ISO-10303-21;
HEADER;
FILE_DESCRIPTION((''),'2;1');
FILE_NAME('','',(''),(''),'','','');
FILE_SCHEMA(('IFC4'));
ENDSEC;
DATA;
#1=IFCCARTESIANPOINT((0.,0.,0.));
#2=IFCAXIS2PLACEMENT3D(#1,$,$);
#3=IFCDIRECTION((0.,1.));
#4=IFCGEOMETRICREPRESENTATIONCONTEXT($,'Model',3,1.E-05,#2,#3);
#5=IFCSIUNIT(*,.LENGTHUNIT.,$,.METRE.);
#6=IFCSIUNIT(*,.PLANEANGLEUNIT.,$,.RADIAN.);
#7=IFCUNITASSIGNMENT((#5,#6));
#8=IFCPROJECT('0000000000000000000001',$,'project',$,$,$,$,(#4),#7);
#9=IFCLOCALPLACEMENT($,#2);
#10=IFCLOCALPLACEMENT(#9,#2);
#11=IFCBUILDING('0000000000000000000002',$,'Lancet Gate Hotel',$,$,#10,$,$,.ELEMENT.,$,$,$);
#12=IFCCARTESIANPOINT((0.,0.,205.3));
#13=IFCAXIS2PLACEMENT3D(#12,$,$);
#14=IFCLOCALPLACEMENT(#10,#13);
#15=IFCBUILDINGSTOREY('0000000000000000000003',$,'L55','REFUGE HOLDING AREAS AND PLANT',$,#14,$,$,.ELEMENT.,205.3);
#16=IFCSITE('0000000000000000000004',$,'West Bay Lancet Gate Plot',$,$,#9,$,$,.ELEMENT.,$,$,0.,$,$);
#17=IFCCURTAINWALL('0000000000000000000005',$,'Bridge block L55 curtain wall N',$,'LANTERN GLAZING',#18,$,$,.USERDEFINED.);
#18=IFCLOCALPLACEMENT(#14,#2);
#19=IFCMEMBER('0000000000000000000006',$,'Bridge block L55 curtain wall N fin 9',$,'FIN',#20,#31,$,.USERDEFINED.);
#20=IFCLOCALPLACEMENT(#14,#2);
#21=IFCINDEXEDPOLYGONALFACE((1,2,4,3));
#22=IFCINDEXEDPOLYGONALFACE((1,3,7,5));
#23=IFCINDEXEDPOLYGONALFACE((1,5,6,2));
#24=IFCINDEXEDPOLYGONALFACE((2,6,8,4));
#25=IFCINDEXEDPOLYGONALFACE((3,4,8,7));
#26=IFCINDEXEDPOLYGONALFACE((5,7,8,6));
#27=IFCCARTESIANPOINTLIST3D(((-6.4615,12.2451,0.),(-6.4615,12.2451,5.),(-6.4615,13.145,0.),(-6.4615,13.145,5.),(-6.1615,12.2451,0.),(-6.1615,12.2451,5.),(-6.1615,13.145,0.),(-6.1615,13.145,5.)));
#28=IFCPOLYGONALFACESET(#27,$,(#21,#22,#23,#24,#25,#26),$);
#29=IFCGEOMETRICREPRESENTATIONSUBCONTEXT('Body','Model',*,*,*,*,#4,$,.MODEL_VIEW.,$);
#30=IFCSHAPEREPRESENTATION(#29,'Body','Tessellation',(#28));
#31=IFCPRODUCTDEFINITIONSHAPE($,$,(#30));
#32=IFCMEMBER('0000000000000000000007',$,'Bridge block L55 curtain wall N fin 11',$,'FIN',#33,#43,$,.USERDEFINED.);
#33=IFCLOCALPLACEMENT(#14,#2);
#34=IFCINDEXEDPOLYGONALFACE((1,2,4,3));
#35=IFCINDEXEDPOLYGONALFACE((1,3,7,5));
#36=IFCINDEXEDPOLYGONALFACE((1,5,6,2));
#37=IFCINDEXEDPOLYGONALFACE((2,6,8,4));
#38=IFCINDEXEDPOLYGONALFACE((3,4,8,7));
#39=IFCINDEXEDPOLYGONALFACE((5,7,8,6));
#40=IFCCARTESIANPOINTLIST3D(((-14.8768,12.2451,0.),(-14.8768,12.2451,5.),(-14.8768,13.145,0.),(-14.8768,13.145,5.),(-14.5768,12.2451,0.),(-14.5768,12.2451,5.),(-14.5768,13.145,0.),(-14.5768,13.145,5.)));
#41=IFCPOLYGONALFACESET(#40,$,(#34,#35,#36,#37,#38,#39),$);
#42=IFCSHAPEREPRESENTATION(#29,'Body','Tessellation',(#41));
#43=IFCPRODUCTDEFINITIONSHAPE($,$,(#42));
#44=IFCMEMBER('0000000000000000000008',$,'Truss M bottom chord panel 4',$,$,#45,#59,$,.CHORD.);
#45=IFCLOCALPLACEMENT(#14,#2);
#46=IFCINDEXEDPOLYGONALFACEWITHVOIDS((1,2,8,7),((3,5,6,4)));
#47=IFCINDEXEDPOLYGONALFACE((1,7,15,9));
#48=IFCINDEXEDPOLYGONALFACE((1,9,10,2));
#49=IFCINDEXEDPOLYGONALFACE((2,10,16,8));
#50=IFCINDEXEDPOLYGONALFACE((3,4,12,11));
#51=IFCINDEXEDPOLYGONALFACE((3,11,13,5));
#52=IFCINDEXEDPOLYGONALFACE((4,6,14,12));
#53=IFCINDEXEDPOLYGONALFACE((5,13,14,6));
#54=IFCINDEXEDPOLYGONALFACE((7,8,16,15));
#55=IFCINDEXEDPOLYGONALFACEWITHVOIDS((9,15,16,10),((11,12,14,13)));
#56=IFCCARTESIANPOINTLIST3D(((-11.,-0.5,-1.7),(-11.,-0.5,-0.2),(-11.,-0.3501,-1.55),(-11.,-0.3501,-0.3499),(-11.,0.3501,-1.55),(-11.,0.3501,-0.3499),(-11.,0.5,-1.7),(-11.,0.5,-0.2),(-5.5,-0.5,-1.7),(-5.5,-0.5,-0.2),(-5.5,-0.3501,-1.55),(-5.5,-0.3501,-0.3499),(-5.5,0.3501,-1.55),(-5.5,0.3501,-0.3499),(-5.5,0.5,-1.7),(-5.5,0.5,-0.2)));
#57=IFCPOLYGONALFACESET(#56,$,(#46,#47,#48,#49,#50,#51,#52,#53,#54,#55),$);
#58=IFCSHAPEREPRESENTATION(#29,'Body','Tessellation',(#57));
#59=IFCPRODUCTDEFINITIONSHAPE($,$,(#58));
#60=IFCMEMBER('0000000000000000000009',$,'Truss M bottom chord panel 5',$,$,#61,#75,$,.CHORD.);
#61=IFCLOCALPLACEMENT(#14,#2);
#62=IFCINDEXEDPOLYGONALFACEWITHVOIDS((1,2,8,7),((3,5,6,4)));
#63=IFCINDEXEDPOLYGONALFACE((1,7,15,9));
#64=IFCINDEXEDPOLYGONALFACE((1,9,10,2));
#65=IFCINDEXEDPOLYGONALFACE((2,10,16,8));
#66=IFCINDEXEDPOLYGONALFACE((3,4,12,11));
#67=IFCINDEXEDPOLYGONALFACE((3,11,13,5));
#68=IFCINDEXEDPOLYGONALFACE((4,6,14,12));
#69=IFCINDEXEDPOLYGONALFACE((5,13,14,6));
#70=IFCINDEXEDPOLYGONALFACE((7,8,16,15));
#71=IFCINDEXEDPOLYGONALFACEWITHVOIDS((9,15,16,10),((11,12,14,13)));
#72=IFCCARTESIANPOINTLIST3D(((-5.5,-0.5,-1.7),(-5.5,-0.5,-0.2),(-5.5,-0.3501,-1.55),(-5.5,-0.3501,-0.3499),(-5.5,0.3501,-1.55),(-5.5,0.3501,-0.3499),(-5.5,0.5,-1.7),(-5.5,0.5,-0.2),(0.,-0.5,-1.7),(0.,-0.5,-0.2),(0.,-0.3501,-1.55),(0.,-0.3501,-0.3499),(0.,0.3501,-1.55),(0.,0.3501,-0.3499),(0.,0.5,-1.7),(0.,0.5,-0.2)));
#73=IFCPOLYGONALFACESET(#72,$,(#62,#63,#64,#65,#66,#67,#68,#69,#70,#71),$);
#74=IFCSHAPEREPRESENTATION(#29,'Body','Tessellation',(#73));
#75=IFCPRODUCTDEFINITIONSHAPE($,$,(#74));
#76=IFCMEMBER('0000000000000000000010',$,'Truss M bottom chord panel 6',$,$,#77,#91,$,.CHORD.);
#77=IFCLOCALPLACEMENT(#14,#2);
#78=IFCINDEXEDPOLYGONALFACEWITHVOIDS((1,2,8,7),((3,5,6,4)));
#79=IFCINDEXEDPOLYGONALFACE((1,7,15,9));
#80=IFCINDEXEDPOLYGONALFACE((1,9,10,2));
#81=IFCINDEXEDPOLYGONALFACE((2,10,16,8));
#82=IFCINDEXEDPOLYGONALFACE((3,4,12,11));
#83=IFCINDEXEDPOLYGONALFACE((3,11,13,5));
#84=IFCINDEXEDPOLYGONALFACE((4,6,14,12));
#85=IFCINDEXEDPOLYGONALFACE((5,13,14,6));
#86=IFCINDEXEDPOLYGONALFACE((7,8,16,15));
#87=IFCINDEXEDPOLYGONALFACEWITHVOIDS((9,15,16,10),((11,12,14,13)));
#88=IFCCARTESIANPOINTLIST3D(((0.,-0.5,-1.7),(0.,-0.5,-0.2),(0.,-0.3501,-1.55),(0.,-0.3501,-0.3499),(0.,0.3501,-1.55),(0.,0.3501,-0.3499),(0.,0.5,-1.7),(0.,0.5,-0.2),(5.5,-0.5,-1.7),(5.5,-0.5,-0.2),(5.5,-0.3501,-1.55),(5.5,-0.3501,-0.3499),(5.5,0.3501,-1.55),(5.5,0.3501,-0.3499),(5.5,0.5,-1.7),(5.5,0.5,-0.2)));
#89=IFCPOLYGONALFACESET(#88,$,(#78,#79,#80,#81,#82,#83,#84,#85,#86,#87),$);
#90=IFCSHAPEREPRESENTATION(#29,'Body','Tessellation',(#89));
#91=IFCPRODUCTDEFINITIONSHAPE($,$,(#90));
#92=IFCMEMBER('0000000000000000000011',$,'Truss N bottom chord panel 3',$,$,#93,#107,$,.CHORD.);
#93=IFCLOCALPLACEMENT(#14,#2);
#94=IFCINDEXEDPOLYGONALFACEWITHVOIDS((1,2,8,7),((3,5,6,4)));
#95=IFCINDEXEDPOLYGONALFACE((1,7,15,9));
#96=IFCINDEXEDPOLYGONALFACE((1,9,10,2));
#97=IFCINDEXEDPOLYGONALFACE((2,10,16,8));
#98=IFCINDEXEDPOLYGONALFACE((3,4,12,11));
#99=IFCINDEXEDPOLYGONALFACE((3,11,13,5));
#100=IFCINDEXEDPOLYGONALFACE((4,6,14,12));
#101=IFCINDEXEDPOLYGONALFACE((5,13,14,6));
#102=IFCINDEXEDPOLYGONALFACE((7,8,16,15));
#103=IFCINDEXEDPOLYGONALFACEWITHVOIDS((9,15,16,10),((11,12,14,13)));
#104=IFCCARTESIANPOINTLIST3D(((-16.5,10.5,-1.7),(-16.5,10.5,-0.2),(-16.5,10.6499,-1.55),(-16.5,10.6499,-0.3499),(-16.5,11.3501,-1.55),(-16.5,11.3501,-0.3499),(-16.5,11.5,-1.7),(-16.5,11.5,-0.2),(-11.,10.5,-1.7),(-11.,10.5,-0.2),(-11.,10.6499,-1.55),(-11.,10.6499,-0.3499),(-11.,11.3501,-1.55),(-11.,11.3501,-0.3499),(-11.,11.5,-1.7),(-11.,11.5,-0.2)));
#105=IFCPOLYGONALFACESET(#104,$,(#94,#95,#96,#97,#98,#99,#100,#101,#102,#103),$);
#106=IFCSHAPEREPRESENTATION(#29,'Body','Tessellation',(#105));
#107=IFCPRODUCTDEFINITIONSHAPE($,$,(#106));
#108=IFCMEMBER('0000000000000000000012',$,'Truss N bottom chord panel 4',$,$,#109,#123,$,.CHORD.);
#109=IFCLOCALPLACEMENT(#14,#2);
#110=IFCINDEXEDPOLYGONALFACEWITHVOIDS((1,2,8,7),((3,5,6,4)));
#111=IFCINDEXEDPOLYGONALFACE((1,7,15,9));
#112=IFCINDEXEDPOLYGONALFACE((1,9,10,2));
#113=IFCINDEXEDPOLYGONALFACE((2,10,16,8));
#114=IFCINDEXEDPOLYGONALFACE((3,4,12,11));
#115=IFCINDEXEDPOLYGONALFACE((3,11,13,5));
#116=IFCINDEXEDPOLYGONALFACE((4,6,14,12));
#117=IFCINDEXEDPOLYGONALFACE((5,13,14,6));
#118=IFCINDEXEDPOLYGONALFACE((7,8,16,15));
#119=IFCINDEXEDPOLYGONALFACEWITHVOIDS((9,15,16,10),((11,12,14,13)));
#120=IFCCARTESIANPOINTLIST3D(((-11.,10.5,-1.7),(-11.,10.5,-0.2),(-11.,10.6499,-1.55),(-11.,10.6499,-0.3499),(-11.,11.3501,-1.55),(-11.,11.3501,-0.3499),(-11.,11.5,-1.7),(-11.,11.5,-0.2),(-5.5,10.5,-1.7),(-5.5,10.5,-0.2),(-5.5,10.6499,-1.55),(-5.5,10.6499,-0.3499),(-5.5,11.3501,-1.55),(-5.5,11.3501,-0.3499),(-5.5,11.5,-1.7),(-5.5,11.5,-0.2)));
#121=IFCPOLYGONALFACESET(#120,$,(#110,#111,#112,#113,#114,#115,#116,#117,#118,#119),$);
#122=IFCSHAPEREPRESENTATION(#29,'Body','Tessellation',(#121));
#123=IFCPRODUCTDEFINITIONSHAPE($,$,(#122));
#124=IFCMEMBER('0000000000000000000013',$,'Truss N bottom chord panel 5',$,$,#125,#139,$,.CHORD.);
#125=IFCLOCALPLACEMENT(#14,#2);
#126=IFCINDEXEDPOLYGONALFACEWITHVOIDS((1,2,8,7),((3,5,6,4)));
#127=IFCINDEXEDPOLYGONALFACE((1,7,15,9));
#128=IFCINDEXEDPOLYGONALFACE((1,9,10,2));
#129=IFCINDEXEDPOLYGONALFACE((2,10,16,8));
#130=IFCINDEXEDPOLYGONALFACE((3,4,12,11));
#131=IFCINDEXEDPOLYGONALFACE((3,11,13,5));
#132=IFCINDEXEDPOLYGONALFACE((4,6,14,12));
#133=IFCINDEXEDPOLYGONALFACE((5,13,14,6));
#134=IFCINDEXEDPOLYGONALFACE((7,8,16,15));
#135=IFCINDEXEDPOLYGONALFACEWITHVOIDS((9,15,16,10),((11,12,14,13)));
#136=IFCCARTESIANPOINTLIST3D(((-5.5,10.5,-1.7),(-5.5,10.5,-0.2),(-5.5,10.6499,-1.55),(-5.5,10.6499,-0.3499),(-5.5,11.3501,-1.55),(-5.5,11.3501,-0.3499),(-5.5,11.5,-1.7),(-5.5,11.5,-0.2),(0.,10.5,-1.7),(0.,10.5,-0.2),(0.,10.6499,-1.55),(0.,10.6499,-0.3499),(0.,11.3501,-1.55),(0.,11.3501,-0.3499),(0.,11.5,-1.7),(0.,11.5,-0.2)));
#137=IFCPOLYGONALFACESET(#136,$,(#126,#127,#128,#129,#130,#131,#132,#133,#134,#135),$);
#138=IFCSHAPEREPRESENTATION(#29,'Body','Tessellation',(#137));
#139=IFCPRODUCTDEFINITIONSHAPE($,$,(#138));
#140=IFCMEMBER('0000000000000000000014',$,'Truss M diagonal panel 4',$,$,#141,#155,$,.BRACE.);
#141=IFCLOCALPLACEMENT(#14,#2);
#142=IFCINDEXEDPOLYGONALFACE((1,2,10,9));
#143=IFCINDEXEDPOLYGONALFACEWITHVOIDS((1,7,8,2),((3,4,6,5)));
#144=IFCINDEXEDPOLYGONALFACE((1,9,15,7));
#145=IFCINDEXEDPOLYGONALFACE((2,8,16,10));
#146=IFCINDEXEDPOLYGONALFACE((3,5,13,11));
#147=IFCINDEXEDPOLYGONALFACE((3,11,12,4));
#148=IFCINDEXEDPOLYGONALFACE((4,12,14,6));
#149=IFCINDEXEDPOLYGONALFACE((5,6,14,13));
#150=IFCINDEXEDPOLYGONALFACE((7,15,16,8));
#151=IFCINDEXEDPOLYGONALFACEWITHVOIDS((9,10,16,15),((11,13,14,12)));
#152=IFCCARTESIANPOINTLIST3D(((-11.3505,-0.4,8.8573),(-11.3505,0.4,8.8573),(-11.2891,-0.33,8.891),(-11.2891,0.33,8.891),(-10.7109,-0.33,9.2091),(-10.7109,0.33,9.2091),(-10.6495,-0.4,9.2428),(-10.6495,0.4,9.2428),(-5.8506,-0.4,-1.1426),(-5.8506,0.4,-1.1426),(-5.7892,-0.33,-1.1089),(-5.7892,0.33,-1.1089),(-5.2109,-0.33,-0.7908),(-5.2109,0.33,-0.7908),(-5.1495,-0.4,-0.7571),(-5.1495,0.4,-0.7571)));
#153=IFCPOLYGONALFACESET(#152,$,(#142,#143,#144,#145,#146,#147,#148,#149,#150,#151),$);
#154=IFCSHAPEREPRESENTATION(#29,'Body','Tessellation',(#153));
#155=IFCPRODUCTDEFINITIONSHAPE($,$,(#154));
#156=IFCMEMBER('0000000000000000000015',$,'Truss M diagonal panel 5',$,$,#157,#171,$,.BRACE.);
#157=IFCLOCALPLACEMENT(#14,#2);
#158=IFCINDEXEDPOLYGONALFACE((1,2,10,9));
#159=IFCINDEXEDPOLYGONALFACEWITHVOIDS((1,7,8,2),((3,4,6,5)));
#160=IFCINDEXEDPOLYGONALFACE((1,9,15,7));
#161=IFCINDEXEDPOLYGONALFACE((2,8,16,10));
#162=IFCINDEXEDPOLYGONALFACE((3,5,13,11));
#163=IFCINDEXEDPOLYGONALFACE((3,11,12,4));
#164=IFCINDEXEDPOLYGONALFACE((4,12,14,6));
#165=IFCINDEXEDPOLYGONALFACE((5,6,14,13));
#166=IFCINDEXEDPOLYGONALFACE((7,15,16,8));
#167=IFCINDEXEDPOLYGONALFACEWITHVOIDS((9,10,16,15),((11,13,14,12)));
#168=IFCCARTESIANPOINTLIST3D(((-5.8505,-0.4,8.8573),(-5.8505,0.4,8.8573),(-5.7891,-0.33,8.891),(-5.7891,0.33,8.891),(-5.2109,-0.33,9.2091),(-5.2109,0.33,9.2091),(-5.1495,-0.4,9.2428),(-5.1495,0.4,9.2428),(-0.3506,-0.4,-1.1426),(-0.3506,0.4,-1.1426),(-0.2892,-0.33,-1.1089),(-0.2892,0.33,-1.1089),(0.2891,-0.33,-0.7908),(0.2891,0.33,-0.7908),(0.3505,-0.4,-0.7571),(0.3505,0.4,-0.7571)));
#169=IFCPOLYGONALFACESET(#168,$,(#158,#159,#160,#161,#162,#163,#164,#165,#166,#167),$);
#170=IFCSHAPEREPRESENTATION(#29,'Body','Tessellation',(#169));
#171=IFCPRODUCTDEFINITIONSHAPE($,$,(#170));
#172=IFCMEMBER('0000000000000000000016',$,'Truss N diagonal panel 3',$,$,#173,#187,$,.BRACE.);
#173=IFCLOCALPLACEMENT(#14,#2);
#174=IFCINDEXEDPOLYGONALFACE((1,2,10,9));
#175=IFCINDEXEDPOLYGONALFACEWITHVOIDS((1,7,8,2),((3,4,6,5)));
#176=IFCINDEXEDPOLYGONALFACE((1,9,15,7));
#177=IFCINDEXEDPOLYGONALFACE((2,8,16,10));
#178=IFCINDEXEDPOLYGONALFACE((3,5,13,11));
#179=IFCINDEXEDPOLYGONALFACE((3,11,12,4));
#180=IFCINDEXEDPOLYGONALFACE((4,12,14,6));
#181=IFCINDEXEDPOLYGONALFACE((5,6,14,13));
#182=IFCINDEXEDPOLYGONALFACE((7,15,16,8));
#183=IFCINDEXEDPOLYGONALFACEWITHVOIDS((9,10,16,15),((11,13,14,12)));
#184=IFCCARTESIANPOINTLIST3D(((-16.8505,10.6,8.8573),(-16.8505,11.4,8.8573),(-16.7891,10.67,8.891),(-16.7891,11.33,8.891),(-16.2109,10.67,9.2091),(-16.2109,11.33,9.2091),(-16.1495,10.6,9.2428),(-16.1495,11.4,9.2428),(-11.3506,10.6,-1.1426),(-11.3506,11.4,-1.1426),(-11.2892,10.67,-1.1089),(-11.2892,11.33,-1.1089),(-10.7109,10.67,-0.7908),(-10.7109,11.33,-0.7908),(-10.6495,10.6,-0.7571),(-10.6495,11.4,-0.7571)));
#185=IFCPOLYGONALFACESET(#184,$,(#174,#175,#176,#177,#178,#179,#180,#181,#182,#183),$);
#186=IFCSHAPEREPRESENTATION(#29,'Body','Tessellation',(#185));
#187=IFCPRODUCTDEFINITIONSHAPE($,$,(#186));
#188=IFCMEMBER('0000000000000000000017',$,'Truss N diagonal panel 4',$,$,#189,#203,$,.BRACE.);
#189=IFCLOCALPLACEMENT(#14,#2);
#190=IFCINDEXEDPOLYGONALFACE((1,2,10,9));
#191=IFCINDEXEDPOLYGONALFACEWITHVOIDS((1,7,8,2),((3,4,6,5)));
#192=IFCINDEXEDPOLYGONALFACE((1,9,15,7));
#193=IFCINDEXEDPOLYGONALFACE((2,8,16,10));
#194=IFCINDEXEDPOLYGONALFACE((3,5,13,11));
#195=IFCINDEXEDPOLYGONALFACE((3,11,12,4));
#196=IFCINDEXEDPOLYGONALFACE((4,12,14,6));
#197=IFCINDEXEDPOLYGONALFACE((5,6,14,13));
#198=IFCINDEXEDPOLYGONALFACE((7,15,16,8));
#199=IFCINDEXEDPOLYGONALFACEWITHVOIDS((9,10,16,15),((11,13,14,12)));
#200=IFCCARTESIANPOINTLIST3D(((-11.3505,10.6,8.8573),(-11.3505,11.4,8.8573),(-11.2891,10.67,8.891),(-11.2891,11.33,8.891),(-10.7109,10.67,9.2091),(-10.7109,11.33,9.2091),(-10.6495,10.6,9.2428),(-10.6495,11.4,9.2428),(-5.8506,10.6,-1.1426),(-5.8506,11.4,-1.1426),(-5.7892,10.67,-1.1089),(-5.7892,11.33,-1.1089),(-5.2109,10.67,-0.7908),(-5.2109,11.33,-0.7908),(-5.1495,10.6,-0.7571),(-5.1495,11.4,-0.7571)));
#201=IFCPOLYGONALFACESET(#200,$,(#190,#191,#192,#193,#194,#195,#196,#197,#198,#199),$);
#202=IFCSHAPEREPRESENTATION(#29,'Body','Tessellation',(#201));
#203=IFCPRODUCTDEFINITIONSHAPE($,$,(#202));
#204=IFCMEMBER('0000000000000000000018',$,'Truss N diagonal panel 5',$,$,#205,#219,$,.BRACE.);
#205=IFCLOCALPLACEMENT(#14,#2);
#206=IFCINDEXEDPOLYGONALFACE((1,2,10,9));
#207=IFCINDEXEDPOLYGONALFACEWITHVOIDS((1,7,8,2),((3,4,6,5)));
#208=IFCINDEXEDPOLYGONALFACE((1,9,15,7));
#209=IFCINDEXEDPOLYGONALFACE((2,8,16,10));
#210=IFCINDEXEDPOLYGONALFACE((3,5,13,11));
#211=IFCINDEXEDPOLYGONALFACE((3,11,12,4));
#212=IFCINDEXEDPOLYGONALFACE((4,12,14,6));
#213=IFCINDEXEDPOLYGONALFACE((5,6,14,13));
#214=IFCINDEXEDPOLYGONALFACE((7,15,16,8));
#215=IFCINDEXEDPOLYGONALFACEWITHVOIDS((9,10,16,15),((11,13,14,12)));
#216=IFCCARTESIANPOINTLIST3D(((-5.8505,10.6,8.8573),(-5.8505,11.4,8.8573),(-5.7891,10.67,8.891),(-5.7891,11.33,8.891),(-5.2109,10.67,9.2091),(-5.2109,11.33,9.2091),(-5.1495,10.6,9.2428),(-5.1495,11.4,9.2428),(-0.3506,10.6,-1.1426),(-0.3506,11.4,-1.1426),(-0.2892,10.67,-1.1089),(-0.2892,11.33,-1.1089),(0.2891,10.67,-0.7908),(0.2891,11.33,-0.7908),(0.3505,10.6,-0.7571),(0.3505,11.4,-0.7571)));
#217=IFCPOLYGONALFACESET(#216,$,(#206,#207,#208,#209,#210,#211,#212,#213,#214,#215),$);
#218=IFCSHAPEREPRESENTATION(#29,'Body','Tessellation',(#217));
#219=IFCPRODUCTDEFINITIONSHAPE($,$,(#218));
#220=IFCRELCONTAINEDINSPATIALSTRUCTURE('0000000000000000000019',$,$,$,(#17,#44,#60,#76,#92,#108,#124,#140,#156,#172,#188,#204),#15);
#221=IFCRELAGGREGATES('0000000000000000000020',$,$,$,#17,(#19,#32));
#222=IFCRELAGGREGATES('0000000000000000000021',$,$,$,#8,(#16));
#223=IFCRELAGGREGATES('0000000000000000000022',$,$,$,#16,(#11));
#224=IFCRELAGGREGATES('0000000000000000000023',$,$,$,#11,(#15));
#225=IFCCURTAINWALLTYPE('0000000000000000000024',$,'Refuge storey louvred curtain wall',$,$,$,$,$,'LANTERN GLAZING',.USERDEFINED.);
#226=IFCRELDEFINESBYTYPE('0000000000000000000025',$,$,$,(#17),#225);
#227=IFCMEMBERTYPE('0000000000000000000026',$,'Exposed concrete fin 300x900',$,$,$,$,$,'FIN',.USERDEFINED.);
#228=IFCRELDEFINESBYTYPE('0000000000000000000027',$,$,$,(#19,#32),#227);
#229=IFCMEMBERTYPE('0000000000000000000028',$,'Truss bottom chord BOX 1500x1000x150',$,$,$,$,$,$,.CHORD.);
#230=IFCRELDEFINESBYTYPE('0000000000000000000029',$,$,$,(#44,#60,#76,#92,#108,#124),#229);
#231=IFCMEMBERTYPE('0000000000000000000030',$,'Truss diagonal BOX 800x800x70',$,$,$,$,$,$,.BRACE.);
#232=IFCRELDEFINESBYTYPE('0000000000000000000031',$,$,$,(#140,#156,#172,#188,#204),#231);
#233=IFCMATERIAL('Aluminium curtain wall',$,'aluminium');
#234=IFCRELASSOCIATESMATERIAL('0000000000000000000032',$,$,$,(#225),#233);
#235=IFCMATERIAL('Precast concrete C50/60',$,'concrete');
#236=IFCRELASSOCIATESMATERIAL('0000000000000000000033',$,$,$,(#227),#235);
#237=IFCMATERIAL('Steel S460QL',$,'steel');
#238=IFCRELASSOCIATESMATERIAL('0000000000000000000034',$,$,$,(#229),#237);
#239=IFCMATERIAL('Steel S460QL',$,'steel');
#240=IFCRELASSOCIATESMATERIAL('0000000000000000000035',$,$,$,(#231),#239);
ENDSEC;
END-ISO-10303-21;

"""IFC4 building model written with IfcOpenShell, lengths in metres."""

from ifc_helpers import new_model, si_unit, direction, frame, origin, origin_2d, place, context, subcontext, project, spatial, rectangle, hollow_rectangle, extrude, material, material_profile, profile_set, type_object, element, aggregate, save


model = new_model("IFC4")

# Units and contexts
model_context = context("Model", 3, precision=1e-05, world=origin(), true_north=direction((0.0, 1.0)))
body_context = subcontext(model_context, "Body", "Model", "MODEL_VIEW")
ifc_project = project(units=[si_unit("LENGTHUNIT", "METRE"), si_unit("PLANEANGLEUNIT", "RADIAN")], contexts=[model_context])

# Site, building, storey
site_placement = place(None, origin())
site = spatial("IfcSite", under=ifc_project, at=site_placement, Name="West Bay Lancet Gate Plot", CompositionType="ELEMENT", RefElevation=0.0)
building_placement = place(site_placement, origin())
building = spatial("IfcBuilding", under=site, at=building_placement, Name="Lancet Gate Hotel", CompositionType="ELEMENT")
storey_placement = place(building_placement, frame((0.0, 0.0, 205.3)))
storey = spatial("IfcBuildingStorey", under=building, at=storey_placement, Name="L55", Description="REFUGE HOLDING AREAS AND PLANT", CompositionType="ELEMENT", Elevation=205.3)

# Curtain wall
ifc_material_1 = material(Name="Aluminium curtain wall", Category="aluminium")
curtain_wall_type = type_object("IfcCurtainWallType", Name="Refuge storey louvred curtain wall", ElementType="LANTERN GLAZING", PredefinedType="USERDEFINED", material=ifc_material_1)
curtain_wall_placement = place(storey_placement, origin())
curtain_wall = element("IfcCurtainWall", 1, at=curtain_wall_placement, inside=storey, type_object=curtain_wall_type, Name="Bridge block L55 curtain wall N", ObjectType="LANTERN GLAZING", PredefinedType="USERDEFINED")

# Members
ifc_material_2 = material(Name="Precast concrete C50/60", Category="concrete")
ifc_material_profile_1 = material_profile(ifc_material_2, rectangle(XDim=0.3, YDim=0.8999, at=origin_2d()), Name="FIN 300x900")
ifc_profile_set_1 = profile_set([ifc_material_profile_1], Name="Precast concrete C50/60")
member_type_1 = type_object("IfcMemberType", Name="Exposed concrete fin 300x900", ElementType="FIN", PredefinedType="USERDEFINED", material=ifc_profile_set_1)
member_1_placement = place(storey_placement, frame((-6.3115, 12.6951, 0.0), z_axis=(0.0, 0.0, 1.0), x_axis=(-1.0, 0.0, 0.0)))
member_1 = element("IfcMember", 2, at=member_1_placement, type_object=member_type_1, Name="Bridge block L55 curtain wall N fin 9", ObjectType="FIN", PredefinedType="USERDEFINED", context=body_context, shape_type="SweptSolid", body=[
    extrude(rectangle(XDim=0.3, YDim=0.8999, at=origin_2d()), origin(), (0.0, 0.0, 1.0), 5.0),
])
member_2_placement = place(storey_placement, frame((-14.7268, 12.6951, 0.0), z_axis=(0.0, 0.0, 1.0), x_axis=(-1.0, 0.0, 0.0)))
member_2 = element("IfcMember", 3, at=member_2_placement, type_object=member_type_1, Name="Bridge block L55 curtain wall N fin 11", ObjectType="FIN", PredefinedType="USERDEFINED", context=body_context, shape_type="SweptSolid", body=[
    extrude(rectangle(XDim=0.3, YDim=0.8999, at=origin_2d()), origin(), (0.0, 0.0, 1.0), 5.0),
])

# Members
ifc_material_3 = material(Name="Steel S460QL", Category="steel")
ifc_material_profile_2 = material_profile(ifc_material_3, hollow_rectangle(XDim=1.0, YDim=1.5, WallThickness=0.1499, at=origin_2d()), Name="BOX 1500x1000x150")
ifc_profile_set_2 = profile_set([ifc_material_profile_2], Name="Steel S460QL")
member_type_2 = type_object("IfcMemberType", Name="Truss bottom chord BOX 1500x1000x150", PredefinedType="CHORD", material=ifc_profile_set_2)
for number, where, z_axis, x_axis, name in (
    (4, (-11.0, 0.0, -0.95), (1.0, 0.0, 0.0), (0.0, 1.0, 0.0), "Truss M bottom chord panel 4"),
    (5, (-5.5, 0.0, -0.95), (1.0, 0.0, 0.0), (0.0, 1.0, 0.0), "Truss M bottom chord panel 5"),
    (6, (0.0, 0.0, -0.95), (1.0, 0.0, 0.0), (0.0, 1.0, 0.0), "Truss M bottom chord panel 6"),
    (7, (-16.5, 11.0, -0.95), (1.0, 0.0, 0.0), (0.0, 1.0, 0.0), "Truss N bottom chord panel 3"),
    (8, (-11.0, 11.0, -0.95), (1.0, 0.0, 0.0), (0.0, 1.0, 0.0), "Truss N bottom chord panel 4"),
    (9, (-5.5, 11.0, -0.95), (1.0, 0.0, 0.0), (0.0, 1.0, 0.0), "Truss N bottom chord panel 5"),
):
    element("IfcMember", number, at=place(storey_placement, frame(where, z_axis=z_axis, x_axis=x_axis)), inside=storey, type_object=member_type_2, Name=name, PredefinedType="CHORD", context=body_context, shape_type="SweptSolid", body=[
        extrude(hollow_rectangle(XDim=1.0, YDim=1.5, WallThickness=0.1499, at=origin_2d()), origin(), (0.0, 0.0, 1.0), 5.5),
    ])
ifc_material_4 = material(Name="Steel S460QL", Category="steel")
ifc_material_profile_3 = material_profile(ifc_material_4, hollow_rectangle(XDim=0.8, YDim=0.8, WallThickness=0.0701, at=origin_2d()), Name="BOX 800x800x70")
ifc_profile_set_3 = profile_set([ifc_material_profile_3], Name="Steel S460QL")
member_type_3 = type_object("IfcMemberType", Name="Truss diagonal BOX 800x800x70", PredefinedType="BRACE", material=ifc_profile_set_3)
for number, where, z_axis, x_axis, name in (
    (10, (-11.0, 0.0, 9.05), (0.481919, 0.0, -0.876216), (0.0, 1.0, 0.0), "Truss M diagonal panel 4"),
    (11, (-5.5, 0.0, 9.05), (0.481919, 0.0, -0.876216), (0.0, 1.0, 0.0), "Truss M diagonal panel 5"),
    (12, (-16.5, 11.0, 9.05), (0.481919, 0.0, -0.876216), (0.0, 1.0, 0.0), "Truss N diagonal panel 3"),
    (13, (-11.0, 11.0, 9.05), (0.481919, 0.0, -0.876216), (0.0, 1.0, 0.0), "Truss N diagonal panel 4"),
    (14, (-5.5, 11.0, 9.05), (0.481919, 0.0, -0.876216), (0.0, 1.0, 0.0), "Truss N diagonal panel 5"),
):
    element("IfcMember", number, at=place(storey_placement, frame(where, z_axis=z_axis, x_axis=x_axis)), inside=storey, type_object=member_type_3, Name=name, PredefinedType="BRACE", context=body_context, shape_type="SweptSolid", body=[
        extrude(hollow_rectangle(XDim=0.8, YDim=0.8, WallThickness=0.0701, at=origin_2d()), origin(), (0.0, 0.0, 1.0), 11.4126),
    ])

aggregate(curtain_wall, [member_1, member_2])

save(model, "model.ifc")
